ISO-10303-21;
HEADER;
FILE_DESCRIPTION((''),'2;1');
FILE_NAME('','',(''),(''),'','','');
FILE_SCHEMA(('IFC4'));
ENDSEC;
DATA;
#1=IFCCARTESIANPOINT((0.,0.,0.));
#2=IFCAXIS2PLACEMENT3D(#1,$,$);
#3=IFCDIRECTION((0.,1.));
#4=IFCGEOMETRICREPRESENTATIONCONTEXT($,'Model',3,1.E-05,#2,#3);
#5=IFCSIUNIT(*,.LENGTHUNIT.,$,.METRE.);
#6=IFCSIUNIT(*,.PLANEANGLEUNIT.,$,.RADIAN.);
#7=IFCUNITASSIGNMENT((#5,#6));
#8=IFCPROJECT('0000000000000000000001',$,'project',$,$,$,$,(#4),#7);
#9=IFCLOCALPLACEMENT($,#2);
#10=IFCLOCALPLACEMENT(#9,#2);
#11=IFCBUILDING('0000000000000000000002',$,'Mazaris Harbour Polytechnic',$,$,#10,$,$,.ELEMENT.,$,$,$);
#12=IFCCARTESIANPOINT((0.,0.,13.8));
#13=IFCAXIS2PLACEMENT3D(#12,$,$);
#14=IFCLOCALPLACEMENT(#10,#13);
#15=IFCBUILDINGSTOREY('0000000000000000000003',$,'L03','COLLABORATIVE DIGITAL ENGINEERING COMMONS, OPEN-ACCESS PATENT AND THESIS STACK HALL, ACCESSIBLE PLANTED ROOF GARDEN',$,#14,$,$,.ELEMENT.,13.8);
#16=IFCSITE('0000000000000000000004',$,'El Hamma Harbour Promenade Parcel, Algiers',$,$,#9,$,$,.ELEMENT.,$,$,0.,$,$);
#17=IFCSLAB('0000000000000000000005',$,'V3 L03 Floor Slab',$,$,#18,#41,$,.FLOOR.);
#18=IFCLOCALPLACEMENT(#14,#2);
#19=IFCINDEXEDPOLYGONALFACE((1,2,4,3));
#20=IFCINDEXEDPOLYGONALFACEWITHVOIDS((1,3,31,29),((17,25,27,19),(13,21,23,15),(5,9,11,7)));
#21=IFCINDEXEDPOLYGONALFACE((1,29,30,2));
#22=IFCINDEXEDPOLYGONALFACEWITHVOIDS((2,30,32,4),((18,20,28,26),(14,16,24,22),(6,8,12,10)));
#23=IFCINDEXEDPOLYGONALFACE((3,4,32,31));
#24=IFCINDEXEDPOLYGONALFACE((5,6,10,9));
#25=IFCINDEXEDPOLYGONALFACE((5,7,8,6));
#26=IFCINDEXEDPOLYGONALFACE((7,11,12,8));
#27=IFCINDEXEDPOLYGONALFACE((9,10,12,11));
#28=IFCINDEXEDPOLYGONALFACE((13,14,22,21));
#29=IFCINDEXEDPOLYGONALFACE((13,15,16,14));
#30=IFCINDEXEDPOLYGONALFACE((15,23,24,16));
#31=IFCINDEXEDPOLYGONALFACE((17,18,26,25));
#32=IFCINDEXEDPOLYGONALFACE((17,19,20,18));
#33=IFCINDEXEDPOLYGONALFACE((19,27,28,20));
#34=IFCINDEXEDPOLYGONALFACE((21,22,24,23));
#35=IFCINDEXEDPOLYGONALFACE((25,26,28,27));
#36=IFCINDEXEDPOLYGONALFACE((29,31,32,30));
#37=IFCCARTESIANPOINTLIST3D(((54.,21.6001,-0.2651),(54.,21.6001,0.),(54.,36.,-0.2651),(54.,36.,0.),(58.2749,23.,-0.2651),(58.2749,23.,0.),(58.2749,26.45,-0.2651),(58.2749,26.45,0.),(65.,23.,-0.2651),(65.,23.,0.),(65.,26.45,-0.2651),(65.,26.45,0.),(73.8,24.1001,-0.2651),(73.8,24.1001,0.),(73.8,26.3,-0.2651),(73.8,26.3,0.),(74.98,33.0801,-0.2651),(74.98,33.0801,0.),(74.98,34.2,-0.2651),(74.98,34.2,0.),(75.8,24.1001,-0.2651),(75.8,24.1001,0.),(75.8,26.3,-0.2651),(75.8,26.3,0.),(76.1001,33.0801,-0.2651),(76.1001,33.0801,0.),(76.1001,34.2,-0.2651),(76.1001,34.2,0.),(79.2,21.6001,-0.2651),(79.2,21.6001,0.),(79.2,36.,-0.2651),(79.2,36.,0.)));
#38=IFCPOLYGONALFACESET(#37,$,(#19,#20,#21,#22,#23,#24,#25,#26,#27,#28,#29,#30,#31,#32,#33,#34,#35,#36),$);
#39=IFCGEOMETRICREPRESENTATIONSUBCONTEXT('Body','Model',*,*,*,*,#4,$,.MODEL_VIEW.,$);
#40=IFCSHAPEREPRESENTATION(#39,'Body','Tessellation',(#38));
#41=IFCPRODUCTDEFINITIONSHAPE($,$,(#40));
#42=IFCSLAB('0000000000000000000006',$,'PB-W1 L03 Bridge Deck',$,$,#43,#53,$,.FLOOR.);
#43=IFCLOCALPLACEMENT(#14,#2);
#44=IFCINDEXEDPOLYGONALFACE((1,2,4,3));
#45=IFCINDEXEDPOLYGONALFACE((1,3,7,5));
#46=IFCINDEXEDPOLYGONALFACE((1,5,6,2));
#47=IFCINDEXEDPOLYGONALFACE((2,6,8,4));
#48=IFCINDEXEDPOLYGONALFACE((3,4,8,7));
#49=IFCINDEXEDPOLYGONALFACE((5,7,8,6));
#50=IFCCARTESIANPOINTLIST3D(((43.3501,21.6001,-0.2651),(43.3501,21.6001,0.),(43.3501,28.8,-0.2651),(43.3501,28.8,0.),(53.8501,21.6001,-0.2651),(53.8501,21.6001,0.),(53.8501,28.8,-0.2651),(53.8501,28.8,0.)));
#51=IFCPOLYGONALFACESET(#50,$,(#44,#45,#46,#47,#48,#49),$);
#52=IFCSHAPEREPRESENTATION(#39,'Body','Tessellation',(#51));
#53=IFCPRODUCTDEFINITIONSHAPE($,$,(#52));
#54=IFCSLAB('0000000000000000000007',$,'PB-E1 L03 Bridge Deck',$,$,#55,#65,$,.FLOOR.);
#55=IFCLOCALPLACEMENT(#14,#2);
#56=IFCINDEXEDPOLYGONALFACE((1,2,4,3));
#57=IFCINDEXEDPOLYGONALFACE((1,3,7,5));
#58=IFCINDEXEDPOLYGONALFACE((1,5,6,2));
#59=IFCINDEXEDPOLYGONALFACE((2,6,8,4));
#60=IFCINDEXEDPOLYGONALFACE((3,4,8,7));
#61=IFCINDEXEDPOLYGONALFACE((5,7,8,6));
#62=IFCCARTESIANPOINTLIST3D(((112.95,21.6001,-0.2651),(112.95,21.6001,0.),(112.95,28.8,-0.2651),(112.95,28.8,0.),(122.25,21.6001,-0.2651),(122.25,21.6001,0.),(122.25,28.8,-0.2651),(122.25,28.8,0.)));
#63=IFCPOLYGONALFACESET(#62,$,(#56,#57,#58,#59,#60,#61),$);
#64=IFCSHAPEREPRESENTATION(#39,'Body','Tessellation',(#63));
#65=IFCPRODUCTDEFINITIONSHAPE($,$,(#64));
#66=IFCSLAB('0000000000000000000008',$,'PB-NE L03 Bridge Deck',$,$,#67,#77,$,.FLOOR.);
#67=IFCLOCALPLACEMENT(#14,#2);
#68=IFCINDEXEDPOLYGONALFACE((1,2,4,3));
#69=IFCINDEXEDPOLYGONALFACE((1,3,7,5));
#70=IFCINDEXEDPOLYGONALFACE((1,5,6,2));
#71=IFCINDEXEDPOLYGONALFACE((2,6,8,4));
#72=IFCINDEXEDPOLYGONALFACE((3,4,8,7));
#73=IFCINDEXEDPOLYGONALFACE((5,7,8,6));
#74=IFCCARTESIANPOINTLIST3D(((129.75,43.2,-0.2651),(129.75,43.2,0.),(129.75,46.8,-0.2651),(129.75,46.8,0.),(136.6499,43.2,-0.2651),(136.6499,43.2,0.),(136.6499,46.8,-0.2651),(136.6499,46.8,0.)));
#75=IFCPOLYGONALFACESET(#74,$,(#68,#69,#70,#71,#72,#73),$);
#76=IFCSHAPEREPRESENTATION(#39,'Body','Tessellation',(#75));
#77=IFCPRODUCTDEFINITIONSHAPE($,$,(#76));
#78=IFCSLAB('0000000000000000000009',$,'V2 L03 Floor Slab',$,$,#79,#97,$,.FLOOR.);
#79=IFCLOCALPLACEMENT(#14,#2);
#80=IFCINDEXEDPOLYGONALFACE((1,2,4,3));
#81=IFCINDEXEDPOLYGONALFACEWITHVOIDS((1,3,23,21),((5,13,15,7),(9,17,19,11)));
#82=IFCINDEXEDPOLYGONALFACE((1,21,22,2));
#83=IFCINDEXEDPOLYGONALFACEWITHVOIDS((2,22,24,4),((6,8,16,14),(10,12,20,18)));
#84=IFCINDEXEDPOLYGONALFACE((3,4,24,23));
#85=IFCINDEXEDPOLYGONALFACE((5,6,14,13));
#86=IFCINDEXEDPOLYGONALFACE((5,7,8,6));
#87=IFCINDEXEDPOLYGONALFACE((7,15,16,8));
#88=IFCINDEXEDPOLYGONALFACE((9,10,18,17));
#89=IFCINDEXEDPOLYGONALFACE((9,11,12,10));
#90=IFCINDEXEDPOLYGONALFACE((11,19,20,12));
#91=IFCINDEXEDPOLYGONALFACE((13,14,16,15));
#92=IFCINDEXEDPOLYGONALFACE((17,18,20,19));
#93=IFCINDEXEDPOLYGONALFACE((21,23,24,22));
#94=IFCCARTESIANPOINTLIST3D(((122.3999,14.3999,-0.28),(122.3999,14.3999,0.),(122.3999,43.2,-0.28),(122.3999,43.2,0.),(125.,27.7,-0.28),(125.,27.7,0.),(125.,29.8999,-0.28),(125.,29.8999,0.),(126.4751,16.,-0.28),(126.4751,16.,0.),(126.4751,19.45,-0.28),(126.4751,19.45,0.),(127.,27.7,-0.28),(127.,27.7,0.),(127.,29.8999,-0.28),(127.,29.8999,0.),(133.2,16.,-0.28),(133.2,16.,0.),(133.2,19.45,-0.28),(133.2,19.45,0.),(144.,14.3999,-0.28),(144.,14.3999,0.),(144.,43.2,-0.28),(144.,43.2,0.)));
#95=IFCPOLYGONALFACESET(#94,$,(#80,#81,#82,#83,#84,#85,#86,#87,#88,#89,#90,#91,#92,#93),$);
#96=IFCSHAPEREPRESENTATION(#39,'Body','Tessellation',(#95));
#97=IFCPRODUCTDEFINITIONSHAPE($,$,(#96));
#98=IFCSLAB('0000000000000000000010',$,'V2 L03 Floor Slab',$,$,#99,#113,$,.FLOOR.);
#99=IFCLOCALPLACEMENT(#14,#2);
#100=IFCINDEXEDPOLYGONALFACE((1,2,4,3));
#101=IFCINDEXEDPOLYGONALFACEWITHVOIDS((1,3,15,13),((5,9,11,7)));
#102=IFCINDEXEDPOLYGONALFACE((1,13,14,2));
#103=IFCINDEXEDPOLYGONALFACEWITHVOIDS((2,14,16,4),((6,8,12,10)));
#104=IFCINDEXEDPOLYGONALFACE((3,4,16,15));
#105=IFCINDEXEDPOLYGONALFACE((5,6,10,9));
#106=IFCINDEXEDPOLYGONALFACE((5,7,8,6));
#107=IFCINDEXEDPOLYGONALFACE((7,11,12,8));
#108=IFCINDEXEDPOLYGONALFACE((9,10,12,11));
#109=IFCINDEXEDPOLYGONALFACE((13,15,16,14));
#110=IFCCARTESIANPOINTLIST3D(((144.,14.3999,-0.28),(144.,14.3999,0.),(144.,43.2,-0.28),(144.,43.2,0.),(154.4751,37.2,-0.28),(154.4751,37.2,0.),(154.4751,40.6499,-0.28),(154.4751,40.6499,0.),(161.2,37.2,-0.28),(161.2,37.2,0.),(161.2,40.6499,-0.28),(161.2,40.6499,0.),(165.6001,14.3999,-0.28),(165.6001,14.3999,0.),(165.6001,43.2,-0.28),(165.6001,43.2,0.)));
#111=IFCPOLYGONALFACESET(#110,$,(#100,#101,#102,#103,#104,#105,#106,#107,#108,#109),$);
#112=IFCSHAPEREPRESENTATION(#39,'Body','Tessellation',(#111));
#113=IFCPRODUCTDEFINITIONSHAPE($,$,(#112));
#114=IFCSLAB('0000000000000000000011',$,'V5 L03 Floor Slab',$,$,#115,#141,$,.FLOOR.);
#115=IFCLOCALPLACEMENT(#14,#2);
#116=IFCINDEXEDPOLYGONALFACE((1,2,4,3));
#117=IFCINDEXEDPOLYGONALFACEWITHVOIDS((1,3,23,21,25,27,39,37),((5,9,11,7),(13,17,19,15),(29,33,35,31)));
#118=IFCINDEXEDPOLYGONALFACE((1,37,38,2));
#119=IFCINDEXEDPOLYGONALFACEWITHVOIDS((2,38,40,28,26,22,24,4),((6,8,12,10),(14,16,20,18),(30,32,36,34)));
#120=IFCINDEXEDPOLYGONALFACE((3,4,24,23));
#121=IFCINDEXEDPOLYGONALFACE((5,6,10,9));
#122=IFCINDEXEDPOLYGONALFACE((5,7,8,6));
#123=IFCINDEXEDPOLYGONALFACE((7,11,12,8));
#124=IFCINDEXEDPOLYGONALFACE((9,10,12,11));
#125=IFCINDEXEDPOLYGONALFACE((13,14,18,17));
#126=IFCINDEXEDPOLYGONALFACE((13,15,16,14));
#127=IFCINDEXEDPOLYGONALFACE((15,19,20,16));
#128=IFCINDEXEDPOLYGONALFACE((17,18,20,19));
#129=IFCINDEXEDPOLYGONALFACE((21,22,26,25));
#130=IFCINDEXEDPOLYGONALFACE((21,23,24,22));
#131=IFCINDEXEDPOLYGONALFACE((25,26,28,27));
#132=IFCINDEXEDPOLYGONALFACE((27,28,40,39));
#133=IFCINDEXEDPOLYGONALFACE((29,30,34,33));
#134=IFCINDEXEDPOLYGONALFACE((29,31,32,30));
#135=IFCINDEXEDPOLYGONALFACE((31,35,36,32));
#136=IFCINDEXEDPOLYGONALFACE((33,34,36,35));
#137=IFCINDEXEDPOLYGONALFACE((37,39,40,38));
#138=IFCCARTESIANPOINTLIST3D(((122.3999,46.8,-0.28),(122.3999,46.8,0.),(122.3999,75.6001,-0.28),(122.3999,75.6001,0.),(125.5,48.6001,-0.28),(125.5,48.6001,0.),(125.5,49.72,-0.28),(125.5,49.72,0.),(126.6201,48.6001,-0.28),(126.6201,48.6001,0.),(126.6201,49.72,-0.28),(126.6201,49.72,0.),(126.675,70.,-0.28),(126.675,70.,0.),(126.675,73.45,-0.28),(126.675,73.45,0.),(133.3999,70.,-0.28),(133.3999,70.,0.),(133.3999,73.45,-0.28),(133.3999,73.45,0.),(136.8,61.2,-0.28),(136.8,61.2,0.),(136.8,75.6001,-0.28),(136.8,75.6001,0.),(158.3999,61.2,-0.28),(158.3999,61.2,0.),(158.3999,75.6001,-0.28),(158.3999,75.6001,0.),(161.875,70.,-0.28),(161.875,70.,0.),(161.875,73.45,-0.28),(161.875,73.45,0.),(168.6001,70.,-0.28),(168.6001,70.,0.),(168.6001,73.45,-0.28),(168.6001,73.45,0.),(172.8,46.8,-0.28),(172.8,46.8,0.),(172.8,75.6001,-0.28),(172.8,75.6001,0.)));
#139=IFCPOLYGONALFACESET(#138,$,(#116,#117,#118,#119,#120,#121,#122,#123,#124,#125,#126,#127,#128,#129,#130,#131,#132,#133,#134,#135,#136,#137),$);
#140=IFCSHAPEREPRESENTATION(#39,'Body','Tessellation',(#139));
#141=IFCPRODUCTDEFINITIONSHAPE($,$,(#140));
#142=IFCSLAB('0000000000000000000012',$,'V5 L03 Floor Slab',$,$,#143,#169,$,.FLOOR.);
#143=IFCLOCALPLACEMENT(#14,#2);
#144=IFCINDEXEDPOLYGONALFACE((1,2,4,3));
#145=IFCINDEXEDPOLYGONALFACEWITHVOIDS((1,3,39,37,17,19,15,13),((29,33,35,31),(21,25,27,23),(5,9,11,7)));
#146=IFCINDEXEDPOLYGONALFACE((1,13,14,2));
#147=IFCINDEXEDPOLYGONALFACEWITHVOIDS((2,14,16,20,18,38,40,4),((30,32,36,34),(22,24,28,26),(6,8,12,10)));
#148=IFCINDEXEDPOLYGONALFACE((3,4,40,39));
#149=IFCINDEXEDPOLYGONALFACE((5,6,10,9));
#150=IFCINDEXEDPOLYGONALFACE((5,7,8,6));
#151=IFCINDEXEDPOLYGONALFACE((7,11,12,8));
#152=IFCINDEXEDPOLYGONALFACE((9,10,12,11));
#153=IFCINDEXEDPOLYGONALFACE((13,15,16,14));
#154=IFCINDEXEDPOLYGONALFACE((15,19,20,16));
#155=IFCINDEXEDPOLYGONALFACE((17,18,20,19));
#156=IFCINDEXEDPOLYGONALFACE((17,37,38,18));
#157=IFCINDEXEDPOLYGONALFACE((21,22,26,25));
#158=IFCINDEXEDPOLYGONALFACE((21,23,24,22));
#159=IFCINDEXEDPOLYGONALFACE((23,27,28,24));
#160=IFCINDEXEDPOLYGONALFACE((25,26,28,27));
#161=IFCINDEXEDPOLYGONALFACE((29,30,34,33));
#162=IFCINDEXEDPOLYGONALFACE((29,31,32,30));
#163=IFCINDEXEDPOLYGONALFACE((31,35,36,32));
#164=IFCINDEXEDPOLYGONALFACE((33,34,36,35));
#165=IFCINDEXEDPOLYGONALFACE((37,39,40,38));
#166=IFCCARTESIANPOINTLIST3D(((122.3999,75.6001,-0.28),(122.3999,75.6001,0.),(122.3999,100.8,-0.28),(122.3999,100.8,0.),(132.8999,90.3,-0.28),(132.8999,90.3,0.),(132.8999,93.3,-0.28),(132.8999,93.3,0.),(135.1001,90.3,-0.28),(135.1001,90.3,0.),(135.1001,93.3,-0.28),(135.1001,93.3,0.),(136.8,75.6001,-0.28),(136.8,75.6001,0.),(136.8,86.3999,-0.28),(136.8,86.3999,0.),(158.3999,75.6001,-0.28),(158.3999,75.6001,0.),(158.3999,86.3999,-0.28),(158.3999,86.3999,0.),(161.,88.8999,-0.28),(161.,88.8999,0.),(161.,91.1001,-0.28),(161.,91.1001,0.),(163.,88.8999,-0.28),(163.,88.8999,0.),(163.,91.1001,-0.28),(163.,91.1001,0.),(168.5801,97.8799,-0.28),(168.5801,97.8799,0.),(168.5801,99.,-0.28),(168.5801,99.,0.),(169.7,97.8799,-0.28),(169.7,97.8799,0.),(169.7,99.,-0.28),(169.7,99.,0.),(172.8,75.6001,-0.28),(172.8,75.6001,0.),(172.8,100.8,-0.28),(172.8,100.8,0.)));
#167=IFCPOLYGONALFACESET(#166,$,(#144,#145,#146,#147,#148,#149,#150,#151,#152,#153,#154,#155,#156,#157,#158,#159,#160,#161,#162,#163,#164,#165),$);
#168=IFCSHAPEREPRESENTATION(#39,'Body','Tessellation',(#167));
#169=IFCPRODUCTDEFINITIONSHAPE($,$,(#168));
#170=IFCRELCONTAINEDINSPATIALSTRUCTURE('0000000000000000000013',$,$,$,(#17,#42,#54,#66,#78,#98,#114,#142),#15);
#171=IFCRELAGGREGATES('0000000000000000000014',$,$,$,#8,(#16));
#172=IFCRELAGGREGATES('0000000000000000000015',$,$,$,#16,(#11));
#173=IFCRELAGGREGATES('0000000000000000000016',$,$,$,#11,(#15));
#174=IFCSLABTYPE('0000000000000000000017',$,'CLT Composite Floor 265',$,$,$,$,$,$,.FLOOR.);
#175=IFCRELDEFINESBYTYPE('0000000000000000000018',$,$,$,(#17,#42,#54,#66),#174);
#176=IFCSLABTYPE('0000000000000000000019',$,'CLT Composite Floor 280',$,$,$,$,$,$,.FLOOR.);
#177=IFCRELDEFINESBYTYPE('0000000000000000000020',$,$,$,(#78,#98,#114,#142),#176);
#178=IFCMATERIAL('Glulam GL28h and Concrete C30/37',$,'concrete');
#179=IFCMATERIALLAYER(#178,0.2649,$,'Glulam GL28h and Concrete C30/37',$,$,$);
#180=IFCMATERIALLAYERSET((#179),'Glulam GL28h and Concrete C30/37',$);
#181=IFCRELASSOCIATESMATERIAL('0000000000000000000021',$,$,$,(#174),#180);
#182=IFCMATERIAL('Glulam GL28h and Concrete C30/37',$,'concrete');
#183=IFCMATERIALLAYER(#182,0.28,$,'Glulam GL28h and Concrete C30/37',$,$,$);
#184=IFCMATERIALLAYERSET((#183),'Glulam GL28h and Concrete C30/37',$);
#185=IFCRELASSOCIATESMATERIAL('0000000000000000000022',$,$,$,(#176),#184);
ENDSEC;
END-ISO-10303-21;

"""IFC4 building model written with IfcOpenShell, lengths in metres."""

from ifc_helpers import new_model, si_unit, direction, frame, origin, place, context, subcontext, project, spatial, polyline, outline, extrude, material, layer, layer_set, type_object, element, save


model = new_model("IFC4")

# Units and contexts
model_context = context("Model", 3, precision=1e-05, world=origin(), true_north=direction((0.0, 1.0)))
body_context = subcontext(model_context, "Body", "Model", "MODEL_VIEW")
ifc_project = project(units=[si_unit("LENGTHUNIT", "METRE"), si_unit("PLANEANGLEUNIT", "RADIAN")], contexts=[model_context])

# Site, building, storey
site_placement = place(None, origin())
site = spatial("IfcSite", under=ifc_project, at=site_placement, Name="El Hamma Harbour Promenade Parcel, Algiers", CompositionType="ELEMENT", RefElevation=0.0)
building_placement = place(site_placement, origin())
building = spatial("IfcBuilding", under=site, at=building_placement, Name="Mazaris Harbour Polytechnic", CompositionType="ELEMENT")
storey_placement = place(building_placement, frame((0.0, 0.0, 13.8)))
storey = spatial("IfcBuildingStorey", under=building, at=storey_placement, Name="L03", Description="COLLABORATIVE DIGITAL ENGINEERING COMMONS, OPEN-ACCESS PATENT AND THESIS STACK HALL, ACCESSIBLE PLANTED ROOF GARDEN", CompositionType="ELEMENT", Elevation=13.8)

# Slabs
ifc_material_1 = material(Name="Glulam GL28h and Concrete C30/37", Category="concrete")
ifc_layer_1 = layer(ifc_material_1, 0.2649, Name="Glulam GL28h and Concrete C30/37")
ifc_layer_set_1 = layer_set([ifc_layer_1], Name="Glulam GL28h and Concrete C30/37")
slab_type_1 = type_object("IfcSlabType", Name="CLT Composite Floor 265", PredefinedType="FLOOR", material=ifc_layer_set_1)
slab_1_placement = place(storey_placement, frame((0.0, 0.0, -0.2651)))
element("IfcSlab", 1, at=slab_1_placement, inside=storey, type_object=slab_type_1, Name="V3 L03 Floor Slab", PredefinedType="FLOOR", context=body_context, shape_type="SweptSolid", body=[
    extrude(outline(polyline([(79.2, 36.0), (79.2, 21.6001), (54.0, 21.6001), (54.0, 36.0), (79.2, 36.0)]), holes=[polyline([(58.2749, 23.0), (65.0, 23.0), (65.0, 26.45), (58.2749, 26.45), (58.2749, 23.0)]), polyline([(73.8, 26.3), (73.8, 24.1001), (75.8, 24.1001), (75.8, 26.3), (73.8, 26.3)]), polyline([(76.1001, 34.2), (74.98, 34.2), (74.98, 33.0801), (76.1001, 33.0801), (76.1001, 34.2)])]), origin(), (0.0, 0.0, 1.0), 0.2651),
])
slab_2_placement = place(storey_placement, frame((0.0, 0.0, -0.2651)))
element("IfcSlab", 2, at=slab_2_placement, inside=storey, type_object=slab_type_1, Name="PB-W1 L03 Bridge Deck", PredefinedType="FLOOR", context=body_context, shape_type="SweptSolid", body=[
    extrude(outline(polyline([(53.8501, 21.6001), (53.8501, 28.8), (43.3501, 28.8), (43.3501, 21.6001), (53.8501, 21.6001)])), origin(), (0.0, 0.0, 1.0), 0.2651),
])
slab_3_placement = place(storey_placement, frame((0.0, 0.0, -0.2651)))
element("IfcSlab", 3, at=slab_3_placement, inside=storey, type_object=slab_type_1, Name="PB-E1 L03 Bridge Deck", PredefinedType="FLOOR", context=body_context, shape_type="SweptSolid", body=[
    extrude(outline(polyline([(122.25, 21.6001), (122.25, 28.8), (112.95, 28.8), (112.95, 21.6001), (122.25, 21.6001)])), origin(), (0.0, 0.0, 1.0), 0.2651),
])
slab_4_placement = place(storey_placement, frame((0.0, 0.0, -0.2651)))
element("IfcSlab", 4, at=slab_4_placement, inside=storey, type_object=slab_type_1, Name="PB-NE L03 Bridge Deck", PredefinedType="FLOOR", context=body_context, shape_type="SweptSolid", body=[
    extrude(outline(polyline([(136.6499, 43.2), (136.6499, 46.8), (129.75, 46.8), (129.75, 43.2), (136.6499, 43.2)])), origin(), (0.0, 0.0, 1.0), 0.2651),
])
ifc_material_2 = material(Name="Glulam GL28h and Concrete C30/37", Category="concrete")
ifc_layer_2 = layer(ifc_material_2, 0.28, Name="Glulam GL28h and Concrete C30/37")
ifc_layer_set_2 = layer_set([ifc_layer_2], Name="Glulam GL28h and Concrete C30/37")
slab_type_2 = type_object("IfcSlabType", Name="CLT Composite Floor 280", PredefinedType="FLOOR", material=ifc_layer_set_2)
slab_5_placement = place(storey_placement, frame((0.0, 0.0, -0.28)))
element("IfcSlab", 5, at=slab_5_placement, inside=storey, type_object=slab_type_2, Name="V2 L03 Floor Slab", PredefinedType="FLOOR", context=body_context, shape_type="SweptSolid", body=[
    extrude(outline(polyline([(122.3999, 14.3999), (122.3999, 43.2), (144.0, 43.2), (144.0, 14.3999), (122.3999, 14.3999)]), holes=[polyline([(133.2, 16.0), (133.2, 19.45), (126.4751, 19.45), (126.4751, 16.0), (133.2, 16.0)]), polyline([(125.0, 29.8999), (125.0, 27.7), (127.0, 27.7), (127.0, 29.8999), (125.0, 29.8999)])]), origin(), (0.0, 0.0, 1.0), 0.28),
])
slab_6_placement = place(storey_placement, frame((0.0, 0.0, -0.28)))
element("IfcSlab", 6, at=slab_6_placement, inside=storey, type_object=slab_type_2, Name="V2 L03 Floor Slab", PredefinedType="FLOOR", context=body_context, shape_type="SweptSolid", body=[
    extrude(outline(polyline([(165.6001, 14.3999), (144.0, 14.3999), (144.0, 43.2), (165.6001, 43.2), (165.6001, 14.3999)]), holes=[polyline([(154.4751, 37.2), (161.2, 37.2), (161.2, 40.6499), (154.4751, 40.6499), (154.4751, 37.2)])]), origin(), (0.0, 0.0, 1.0), 0.28),
])
slab_7_placement = place(storey_placement, frame((0.0, 0.0, -0.28)))
element("IfcSlab", 7, at=slab_7_placement, inside=storey, type_object=slab_type_2, Name="V5 L03 Floor Slab", PredefinedType="FLOOR", context=body_context, shape_type="SweptSolid", body=[
    extrude(outline(polyline([(172.8, 46.8), (122.3999, 46.8), (122.3999, 75.6001), (136.8, 75.6001), (136.8, 61.2), (158.3999, 61.2), (158.3999, 75.6001), (172.8, 75.6001), (172.8, 46.8)]), holes=[polyline([(126.675, 70.0), (133.3999, 70.0), (133.3999, 73.45), (126.675, 73.45), (126.675, 70.0)]), polyline([(161.875, 73.45), (161.875, 70.0), (168.6001, 70.0), (168.6001, 73.45), (161.875, 73.45)]), polyline([(125.5, 48.6001), (126.6201, 48.6001), (126.6201, 49.72), (125.5, 49.72), (125.5, 48.6001)])]), origin(), (0.0, 0.0, 1.0), 0.28),
])
slab_8_placement = place(storey_placement, frame((0.0, 0.0, -0.28)))
element("IfcSlab", 8, at=slab_8_placement, inside=storey, type_object=slab_type_2, Name="V5 L03 Floor Slab", PredefinedType="FLOOR", context=body_context, shape_type="SweptSolid", body=[
    extrude(outline(polyline([(172.8, 75.6001), (158.3999, 75.6001), (158.3999, 86.3999), (136.8, 86.3999), (136.8, 75.6001), (122.3999, 75.6001), (122.3999, 100.8), (172.8, 100.8), (172.8, 75.6001)]), holes=[polyline([(135.1001, 93.3), (132.8999, 93.3), (132.8999, 90.3), (135.1001, 90.3), (135.1001, 93.3)]), polyline([(163.0, 88.8999), (163.0, 91.1001), (161.0, 91.1001), (161.0, 88.8999), (163.0, 88.8999)]), polyline([(168.5801, 99.0), (168.5801, 97.8799), (169.7, 97.8799), (169.7, 99.0), (168.5801, 99.0)])]), origin(), (0.0, 0.0, 1.0), 0.28),
])

save(model, "model.ifc")
